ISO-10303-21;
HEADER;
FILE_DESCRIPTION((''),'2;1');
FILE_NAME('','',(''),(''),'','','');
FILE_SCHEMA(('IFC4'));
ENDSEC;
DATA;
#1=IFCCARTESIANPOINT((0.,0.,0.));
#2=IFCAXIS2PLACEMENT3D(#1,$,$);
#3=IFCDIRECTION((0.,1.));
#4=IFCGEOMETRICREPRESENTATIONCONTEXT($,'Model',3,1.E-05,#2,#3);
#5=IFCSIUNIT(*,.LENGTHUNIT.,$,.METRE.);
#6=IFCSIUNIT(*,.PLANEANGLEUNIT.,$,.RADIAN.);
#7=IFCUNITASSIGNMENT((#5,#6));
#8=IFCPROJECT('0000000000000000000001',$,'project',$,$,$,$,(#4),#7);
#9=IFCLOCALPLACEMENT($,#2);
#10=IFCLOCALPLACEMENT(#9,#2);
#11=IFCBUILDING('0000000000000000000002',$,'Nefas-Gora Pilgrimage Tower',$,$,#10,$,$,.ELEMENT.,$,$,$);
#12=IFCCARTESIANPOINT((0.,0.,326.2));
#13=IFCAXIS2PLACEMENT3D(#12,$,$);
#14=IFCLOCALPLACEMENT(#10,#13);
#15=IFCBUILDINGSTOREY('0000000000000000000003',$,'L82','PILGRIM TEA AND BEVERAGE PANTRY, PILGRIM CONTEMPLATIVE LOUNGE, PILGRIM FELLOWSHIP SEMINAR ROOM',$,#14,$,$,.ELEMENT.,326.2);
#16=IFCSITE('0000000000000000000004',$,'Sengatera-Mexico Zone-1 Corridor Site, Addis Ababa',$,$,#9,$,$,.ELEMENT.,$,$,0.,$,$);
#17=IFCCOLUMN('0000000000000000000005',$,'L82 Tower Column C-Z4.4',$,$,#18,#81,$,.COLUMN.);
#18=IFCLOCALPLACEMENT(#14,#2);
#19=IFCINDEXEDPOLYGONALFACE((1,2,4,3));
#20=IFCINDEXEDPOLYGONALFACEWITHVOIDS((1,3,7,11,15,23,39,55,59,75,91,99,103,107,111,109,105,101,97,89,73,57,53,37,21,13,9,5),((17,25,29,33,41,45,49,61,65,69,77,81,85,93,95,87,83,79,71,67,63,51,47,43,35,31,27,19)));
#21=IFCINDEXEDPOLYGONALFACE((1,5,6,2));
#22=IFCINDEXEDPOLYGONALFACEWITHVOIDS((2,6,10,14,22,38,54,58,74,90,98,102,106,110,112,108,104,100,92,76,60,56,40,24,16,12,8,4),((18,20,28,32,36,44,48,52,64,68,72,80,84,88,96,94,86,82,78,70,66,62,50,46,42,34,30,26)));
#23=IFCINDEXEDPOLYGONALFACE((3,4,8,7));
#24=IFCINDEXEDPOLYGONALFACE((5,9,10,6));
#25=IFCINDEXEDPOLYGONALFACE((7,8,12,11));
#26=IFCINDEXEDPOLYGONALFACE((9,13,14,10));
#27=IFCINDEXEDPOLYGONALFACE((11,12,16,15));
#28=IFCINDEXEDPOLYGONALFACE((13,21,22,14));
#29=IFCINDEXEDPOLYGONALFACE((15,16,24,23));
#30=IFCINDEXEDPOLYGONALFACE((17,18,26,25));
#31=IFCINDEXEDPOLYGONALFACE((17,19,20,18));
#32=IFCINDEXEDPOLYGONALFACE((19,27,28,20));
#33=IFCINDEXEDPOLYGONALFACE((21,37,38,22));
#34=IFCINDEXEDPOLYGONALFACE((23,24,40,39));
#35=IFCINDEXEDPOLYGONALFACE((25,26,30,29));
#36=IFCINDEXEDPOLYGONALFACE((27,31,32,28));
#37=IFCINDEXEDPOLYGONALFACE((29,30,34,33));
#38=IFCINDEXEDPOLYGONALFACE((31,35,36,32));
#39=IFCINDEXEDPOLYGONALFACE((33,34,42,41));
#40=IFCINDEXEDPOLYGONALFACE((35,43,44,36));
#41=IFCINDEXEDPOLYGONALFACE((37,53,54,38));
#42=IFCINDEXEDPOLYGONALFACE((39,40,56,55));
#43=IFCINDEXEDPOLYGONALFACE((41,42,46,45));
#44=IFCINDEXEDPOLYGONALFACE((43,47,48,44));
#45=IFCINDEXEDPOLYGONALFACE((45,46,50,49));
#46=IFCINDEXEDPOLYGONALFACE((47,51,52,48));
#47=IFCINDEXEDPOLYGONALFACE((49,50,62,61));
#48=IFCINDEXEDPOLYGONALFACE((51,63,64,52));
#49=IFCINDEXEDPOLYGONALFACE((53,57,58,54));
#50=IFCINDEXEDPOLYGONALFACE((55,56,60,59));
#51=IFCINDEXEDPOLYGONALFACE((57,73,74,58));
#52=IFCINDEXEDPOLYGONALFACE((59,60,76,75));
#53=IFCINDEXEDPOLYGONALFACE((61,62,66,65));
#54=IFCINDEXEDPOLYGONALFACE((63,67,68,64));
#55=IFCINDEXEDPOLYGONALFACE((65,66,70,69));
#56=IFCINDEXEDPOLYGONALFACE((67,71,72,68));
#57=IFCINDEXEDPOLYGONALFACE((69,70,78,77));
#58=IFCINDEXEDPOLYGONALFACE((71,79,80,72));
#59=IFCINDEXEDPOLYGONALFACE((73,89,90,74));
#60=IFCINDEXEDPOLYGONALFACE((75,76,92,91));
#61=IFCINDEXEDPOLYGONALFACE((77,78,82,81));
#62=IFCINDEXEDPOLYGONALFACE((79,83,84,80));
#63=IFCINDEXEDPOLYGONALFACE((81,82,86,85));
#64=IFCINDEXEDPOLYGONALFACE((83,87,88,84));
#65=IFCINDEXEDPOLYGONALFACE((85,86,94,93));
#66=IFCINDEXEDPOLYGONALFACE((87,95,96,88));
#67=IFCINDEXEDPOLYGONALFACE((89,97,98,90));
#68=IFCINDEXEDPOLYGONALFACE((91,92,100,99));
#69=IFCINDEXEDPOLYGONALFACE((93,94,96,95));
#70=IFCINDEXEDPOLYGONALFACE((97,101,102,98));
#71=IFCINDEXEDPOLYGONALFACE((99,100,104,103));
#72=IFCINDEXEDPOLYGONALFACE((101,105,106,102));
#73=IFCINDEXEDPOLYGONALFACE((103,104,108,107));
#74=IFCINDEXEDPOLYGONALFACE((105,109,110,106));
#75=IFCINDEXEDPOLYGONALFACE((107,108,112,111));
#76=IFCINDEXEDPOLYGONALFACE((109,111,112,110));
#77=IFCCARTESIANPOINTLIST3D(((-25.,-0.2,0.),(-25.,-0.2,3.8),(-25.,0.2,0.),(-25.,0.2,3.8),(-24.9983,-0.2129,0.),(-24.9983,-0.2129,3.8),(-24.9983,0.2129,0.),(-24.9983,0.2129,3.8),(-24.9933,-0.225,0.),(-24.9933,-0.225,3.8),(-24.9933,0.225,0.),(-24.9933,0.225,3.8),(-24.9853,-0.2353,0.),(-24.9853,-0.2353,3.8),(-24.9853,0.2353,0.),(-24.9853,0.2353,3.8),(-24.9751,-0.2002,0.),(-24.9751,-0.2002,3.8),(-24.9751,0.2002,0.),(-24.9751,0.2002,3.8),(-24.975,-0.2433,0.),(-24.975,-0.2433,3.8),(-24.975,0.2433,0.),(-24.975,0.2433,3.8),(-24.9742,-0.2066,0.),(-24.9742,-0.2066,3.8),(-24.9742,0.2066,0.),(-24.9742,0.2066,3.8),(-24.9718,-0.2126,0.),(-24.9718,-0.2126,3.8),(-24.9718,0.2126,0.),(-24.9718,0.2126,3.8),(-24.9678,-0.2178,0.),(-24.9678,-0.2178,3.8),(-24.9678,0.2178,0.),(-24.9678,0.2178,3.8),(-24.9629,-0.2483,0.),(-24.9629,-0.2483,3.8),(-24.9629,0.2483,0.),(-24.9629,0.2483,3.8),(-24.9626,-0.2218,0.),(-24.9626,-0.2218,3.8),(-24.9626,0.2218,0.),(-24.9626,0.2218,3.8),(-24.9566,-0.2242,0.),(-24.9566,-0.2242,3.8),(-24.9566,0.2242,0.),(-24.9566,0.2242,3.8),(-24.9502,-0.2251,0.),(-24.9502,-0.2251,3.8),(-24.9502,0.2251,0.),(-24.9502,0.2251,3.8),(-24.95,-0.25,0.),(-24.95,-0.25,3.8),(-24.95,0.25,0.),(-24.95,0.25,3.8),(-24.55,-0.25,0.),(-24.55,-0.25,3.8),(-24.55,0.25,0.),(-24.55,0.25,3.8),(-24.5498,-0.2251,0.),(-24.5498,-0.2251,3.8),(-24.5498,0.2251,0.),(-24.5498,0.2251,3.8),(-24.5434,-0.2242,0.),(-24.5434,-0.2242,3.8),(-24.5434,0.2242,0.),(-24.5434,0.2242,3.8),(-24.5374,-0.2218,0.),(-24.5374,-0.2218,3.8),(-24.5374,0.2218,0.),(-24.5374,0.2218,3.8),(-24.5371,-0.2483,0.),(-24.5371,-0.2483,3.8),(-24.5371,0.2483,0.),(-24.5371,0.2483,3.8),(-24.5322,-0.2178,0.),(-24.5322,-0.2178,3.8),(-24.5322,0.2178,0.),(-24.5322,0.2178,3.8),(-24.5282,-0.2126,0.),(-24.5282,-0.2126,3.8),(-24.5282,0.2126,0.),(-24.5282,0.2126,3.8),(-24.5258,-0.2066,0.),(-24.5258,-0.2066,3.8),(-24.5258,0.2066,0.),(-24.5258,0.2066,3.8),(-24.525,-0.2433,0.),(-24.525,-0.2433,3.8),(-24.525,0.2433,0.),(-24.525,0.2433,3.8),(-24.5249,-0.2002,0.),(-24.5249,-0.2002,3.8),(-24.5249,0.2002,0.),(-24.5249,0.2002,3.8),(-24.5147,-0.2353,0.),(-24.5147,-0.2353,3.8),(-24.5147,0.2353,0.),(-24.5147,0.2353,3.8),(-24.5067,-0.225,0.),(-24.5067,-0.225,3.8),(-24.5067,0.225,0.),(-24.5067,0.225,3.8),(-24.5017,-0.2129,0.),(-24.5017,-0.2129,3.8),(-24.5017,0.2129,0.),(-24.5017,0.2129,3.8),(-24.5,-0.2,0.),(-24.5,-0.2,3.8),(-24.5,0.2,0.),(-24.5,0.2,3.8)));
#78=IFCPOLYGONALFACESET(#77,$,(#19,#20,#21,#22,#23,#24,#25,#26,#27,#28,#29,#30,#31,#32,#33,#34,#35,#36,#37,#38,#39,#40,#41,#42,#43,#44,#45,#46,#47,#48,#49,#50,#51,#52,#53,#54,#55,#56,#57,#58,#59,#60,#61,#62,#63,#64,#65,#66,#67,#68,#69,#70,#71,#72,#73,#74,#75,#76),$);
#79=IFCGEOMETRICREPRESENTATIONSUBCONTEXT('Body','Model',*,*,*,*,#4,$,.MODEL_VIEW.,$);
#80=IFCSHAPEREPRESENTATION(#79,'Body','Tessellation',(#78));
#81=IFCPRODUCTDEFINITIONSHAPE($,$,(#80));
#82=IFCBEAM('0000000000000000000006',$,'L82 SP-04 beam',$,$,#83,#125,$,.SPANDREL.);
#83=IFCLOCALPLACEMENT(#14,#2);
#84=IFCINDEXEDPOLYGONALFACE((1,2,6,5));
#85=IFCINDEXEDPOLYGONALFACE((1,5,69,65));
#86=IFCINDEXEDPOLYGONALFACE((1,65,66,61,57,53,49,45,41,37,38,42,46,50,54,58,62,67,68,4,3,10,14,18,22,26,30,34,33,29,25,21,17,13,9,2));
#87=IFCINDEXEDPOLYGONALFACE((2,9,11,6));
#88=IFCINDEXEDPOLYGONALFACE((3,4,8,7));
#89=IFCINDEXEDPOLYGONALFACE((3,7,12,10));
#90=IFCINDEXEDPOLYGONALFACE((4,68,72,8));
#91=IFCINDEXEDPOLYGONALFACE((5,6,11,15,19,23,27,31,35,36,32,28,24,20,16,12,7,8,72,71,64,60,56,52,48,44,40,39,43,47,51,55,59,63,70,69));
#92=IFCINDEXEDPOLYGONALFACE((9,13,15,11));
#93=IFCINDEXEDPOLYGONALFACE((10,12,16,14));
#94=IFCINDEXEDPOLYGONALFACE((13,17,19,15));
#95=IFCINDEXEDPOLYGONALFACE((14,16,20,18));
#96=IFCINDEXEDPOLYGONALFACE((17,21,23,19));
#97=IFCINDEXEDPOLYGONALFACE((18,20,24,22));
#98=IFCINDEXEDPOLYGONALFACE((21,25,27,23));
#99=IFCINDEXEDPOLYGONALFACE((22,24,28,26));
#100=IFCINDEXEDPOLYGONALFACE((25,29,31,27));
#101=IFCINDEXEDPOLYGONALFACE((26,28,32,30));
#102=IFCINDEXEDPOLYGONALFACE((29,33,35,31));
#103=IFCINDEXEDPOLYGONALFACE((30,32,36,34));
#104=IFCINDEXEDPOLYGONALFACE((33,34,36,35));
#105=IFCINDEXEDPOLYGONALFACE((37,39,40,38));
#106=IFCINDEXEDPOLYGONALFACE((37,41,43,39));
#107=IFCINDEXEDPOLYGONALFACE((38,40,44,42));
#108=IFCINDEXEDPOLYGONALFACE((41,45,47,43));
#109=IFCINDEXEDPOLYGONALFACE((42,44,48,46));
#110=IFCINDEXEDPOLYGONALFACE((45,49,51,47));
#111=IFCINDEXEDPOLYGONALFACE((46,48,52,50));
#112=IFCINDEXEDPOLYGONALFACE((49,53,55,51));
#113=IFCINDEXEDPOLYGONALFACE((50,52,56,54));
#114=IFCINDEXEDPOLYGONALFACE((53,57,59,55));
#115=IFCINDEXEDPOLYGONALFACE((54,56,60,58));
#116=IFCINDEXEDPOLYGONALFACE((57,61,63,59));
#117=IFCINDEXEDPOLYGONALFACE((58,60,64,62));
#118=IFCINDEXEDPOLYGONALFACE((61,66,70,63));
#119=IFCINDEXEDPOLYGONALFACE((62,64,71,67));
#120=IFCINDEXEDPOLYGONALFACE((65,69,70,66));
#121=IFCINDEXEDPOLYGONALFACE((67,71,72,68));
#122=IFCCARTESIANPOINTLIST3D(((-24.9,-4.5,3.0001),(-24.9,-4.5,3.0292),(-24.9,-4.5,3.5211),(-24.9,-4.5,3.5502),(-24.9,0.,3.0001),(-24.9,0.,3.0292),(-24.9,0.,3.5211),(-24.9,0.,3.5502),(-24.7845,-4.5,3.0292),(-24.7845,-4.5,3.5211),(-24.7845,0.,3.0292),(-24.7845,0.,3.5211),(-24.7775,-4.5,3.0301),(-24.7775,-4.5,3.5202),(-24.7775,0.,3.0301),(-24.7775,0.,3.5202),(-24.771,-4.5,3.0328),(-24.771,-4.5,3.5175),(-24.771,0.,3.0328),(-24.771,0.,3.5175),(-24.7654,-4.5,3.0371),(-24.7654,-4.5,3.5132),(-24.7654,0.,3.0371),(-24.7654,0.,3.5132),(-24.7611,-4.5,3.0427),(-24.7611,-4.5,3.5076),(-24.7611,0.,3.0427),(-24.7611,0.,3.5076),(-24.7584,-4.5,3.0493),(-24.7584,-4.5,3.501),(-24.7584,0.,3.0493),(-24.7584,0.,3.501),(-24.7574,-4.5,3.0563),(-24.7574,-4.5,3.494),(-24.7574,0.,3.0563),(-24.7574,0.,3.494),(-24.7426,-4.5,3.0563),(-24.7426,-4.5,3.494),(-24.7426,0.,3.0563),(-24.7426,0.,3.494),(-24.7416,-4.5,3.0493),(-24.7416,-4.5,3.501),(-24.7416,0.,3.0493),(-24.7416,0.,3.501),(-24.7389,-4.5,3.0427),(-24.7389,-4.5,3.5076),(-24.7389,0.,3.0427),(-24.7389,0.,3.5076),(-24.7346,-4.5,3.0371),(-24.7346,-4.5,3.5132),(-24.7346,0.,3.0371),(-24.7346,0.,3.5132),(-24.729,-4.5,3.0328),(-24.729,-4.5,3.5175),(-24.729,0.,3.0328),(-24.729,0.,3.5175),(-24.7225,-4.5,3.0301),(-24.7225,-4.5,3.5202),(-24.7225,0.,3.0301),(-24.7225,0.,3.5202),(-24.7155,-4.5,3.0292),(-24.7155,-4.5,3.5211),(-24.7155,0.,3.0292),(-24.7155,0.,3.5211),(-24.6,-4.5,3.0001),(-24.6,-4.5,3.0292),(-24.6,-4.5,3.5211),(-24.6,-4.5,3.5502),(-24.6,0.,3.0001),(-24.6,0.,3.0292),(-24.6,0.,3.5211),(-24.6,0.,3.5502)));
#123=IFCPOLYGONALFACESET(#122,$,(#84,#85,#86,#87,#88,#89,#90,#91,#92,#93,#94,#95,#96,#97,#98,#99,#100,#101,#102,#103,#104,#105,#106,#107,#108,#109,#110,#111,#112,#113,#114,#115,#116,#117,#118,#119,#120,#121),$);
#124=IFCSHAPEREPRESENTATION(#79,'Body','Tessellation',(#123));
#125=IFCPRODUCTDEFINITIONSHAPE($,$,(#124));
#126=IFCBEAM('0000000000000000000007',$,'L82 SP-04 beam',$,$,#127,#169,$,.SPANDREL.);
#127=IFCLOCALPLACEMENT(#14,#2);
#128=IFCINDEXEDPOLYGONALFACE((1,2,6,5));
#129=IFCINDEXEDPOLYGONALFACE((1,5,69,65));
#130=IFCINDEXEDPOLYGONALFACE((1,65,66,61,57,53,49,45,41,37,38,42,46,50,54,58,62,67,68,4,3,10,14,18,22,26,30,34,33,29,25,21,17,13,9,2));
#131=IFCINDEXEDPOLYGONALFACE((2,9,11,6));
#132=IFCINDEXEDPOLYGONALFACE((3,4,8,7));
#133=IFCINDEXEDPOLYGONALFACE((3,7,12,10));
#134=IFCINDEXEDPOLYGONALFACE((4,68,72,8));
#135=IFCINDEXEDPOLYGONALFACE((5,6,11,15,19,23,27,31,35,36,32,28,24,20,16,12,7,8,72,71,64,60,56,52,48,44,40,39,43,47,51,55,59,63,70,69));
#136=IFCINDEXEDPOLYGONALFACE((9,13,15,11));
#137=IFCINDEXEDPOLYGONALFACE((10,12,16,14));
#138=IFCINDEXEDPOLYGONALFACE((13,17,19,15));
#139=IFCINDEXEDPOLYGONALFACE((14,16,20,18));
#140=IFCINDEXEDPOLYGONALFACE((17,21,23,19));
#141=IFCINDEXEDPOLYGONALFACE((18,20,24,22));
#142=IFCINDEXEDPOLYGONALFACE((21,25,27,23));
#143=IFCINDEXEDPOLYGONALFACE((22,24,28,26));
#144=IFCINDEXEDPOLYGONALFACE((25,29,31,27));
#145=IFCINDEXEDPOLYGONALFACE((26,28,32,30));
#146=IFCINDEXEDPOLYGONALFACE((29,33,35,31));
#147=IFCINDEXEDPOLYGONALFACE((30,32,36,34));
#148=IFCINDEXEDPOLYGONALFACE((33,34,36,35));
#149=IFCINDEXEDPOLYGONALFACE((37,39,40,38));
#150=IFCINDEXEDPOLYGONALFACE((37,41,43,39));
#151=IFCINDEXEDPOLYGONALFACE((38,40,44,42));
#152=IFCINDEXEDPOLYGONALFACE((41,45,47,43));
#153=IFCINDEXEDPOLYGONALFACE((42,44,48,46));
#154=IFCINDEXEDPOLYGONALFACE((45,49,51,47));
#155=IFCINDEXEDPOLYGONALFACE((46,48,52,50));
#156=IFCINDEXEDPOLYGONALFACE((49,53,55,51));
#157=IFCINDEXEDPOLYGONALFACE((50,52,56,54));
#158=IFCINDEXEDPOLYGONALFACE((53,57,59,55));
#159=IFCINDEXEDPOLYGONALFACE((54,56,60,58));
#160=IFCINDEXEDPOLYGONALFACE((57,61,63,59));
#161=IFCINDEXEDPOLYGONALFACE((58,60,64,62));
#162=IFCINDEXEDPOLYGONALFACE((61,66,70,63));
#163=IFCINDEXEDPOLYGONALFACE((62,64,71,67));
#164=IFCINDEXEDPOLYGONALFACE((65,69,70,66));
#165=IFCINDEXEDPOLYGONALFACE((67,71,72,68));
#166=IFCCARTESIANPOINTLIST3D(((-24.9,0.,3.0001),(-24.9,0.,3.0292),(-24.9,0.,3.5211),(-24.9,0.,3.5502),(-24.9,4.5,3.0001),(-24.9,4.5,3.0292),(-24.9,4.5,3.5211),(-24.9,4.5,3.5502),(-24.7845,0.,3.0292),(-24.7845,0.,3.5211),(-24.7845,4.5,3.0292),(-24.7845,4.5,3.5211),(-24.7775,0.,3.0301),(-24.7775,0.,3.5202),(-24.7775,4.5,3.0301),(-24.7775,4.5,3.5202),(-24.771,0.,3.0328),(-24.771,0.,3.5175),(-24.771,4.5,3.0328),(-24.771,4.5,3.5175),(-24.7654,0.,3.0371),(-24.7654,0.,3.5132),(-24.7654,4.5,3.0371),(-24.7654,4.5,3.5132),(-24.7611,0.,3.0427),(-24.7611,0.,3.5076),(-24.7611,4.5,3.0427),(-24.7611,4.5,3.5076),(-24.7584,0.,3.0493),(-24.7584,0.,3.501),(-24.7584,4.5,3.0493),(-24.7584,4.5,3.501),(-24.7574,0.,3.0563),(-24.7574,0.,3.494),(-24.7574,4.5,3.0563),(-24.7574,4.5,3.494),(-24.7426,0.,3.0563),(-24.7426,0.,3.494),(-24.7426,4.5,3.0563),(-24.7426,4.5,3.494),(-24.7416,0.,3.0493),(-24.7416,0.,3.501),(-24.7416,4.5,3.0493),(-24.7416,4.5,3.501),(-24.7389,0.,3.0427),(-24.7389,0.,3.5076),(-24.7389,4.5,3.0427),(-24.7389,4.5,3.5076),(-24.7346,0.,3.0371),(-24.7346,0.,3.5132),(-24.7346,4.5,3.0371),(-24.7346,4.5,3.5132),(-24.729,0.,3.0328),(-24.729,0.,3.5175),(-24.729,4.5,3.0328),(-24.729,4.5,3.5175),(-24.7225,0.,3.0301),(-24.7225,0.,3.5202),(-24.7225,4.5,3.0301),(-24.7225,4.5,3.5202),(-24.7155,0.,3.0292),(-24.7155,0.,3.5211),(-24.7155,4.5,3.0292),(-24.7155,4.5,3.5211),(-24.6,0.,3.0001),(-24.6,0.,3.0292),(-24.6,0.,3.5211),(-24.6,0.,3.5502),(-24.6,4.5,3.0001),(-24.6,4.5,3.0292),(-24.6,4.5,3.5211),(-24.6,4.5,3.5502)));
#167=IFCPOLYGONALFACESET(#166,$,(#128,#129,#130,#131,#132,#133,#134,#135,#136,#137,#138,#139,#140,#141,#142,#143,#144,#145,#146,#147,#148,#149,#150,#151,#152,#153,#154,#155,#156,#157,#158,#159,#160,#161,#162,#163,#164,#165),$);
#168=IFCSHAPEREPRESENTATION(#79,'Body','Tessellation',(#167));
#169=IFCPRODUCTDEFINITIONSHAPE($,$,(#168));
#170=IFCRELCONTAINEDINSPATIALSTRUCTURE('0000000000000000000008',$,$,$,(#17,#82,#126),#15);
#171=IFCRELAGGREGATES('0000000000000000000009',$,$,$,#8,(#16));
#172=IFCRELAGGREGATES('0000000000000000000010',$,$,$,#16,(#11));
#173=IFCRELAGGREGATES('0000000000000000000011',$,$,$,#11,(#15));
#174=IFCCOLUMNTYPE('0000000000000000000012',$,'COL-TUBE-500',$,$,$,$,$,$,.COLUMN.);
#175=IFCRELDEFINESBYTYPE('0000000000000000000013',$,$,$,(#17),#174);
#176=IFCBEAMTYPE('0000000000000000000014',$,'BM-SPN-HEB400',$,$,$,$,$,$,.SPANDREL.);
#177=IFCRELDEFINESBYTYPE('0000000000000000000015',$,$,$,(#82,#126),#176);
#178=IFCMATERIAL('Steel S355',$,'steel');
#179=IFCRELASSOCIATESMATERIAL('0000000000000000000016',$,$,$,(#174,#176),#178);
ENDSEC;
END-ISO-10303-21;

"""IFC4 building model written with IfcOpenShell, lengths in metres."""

from ifc_helpers import new_model, si_unit, direction, frame, origin, origin_2d, place, context, subcontext, project, spatial, hollow_rectangle, i_section, extrude, source, transform, mapped, material, material_profile, profile_set, type_object, element, save


model = new_model("IFC4")

# Units and contexts
model_context = context("Model", 3, precision=1e-05, world=origin(), true_north=direction((0.0, 1.0)))
body_context = subcontext(model_context, "Body", "Model", "MODEL_VIEW")
ifc_project = project(units=[si_unit("LENGTHUNIT", "METRE"), si_unit("PLANEANGLEUNIT", "RADIAN")], contexts=[model_context])

# Site, building, storey
site_placement = place(None, origin())
site = spatial("IfcSite", under=ifc_project, at=site_placement, Name="Sengatera-Mexico Zone-1 Corridor Site, Addis Ababa", CompositionType="ELEMENT", RefElevation=0.0)
building_placement = place(site_placement, origin())
building = spatial("IfcBuilding", under=site, at=building_placement, Name="Nefas-Gora Pilgrimage Tower", CompositionType="ELEMENT")
storey_placement = place(building_placement, frame((0.0, 0.0, 326.2)))
storey = spatial("IfcBuildingStorey", under=building, at=storey_placement, Name="L82", Description="PILGRIM TEA AND BEVERAGE PANTRY, PILGRIM CONTEMPLATIVE LOUNGE, PILGRIM FELLOWSHIP SEMINAR ROOM", CompositionType="ELEMENT", Elevation=326.2)

# Column
ifc_material_1 = material(Name="Steel S355", Category="steel")
ifc_material_profile_1 = material_profile(ifc_material_1, hollow_rectangle(XDim=0.5, YDim=0.5, WallThickness=0.0249, InnerFilletRadius=0.0249, OuterFilletRadius=0.05, at=origin_2d()), Name="SHS 500x500x25")
ifc_profile_set_1 = profile_set([ifc_material_profile_1], Name="Steel S355")
column_type_1 = type_object("IfcColumnType", Name="COL-TUBE-500", PredefinedType="COLUMN", material=ifc_profile_set_1)
shared_shape_1 = source(origin(), body_context, "Body", "SweptSolid", [
    extrude(hollow_rectangle(XDim=0.5, YDim=0.5, WallThickness=0.0249, InnerFilletRadius=0.0249, OuterFilletRadius=0.05, at=origin_2d()), origin(), (0.0, 0.0, 1.0), 3.8),
])
for number, where, z_axis, x_axis, name in (
    (1, (-24.75, 0.0, 0.0), (0.0, 0.0, 1.0), (1.0, 0.0, 0.0), "L82 Tower Column C-Z4.4"),
):
    element("IfcColumn", number, at=place(storey_placement, frame(where, z_axis=z_axis, x_axis=x_axis)), inside=storey, type_object=column_type_1, Name=name, PredefinedType="COLUMN", context=body_context, shape_type="MappedRepresentation", body=[
        mapped(shared_shape_1, transform((0.0, 0.0, 0.0), x_axis=(1.0, 0.0, 0.0), y_axis=(0.0, 1.0, 0.0), z_axis=(0.0, 0.0, 1.0), scale=1.0)),
    ])

# Beams
ifc_material_profile_2 = material_profile(ifc_material_1, i_section(OverallWidth=0.3, OverallDepth=0.55, WebThickness=0.0149, FlangeThickness=0.0291, FilletRadius=0.0271, at=origin_2d()), Name="HEB 550")
ifc_profile_set_2 = profile_set([ifc_material_profile_2], Name="Steel S355")
beam_type_1 = type_object("IfcBeamType", Name="BM-SPN-HEB400", PredefinedType="SPANDREL", material=ifc_profile_set_2)
shared_shape_2 = source(origin(), body_context, "Body", "SweptSolid", [
    extrude(i_section(OverallWidth=0.3, OverallDepth=0.55, WebThickness=0.0149, FlangeThickness=0.0291, FilletRadius=0.0271, at=origin_2d()), origin(), (0.0, 0.0, 1.0), 4.5),
])
for number, where, z_axis, x_axis, name in (
    (2, (-24.75, -4.5, 3.2751), (0.0, 1.0, 0.0), (-1.0, 0.0, 0.0), "L82 SP-04 beam"),
    (3, (-24.75, 0.0, 3.2751), (0.0, 1.0, 0.0), (-1.0, 0.0, 0.0), "L82 SP-04 beam"),
):
    element("IfcBeam", number, at=place(storey_placement, frame(where, z_axis=z_axis, x_axis=x_axis)), inside=storey, type_object=beam_type_1, Name=name, PredefinedType="SPANDREL", context=body_context, shape_type="MappedRepresentation", body=[
        mapped(shared_shape_2, transform((0.0, 0.0, 0.0), x_axis=(1.0, 0.0, 0.0), y_axis=(0.0, 1.0, 0.0), z_axis=(0.0, 0.0, 1.0), scale=1.0)),
    ])

save(model, "model.ifc")
